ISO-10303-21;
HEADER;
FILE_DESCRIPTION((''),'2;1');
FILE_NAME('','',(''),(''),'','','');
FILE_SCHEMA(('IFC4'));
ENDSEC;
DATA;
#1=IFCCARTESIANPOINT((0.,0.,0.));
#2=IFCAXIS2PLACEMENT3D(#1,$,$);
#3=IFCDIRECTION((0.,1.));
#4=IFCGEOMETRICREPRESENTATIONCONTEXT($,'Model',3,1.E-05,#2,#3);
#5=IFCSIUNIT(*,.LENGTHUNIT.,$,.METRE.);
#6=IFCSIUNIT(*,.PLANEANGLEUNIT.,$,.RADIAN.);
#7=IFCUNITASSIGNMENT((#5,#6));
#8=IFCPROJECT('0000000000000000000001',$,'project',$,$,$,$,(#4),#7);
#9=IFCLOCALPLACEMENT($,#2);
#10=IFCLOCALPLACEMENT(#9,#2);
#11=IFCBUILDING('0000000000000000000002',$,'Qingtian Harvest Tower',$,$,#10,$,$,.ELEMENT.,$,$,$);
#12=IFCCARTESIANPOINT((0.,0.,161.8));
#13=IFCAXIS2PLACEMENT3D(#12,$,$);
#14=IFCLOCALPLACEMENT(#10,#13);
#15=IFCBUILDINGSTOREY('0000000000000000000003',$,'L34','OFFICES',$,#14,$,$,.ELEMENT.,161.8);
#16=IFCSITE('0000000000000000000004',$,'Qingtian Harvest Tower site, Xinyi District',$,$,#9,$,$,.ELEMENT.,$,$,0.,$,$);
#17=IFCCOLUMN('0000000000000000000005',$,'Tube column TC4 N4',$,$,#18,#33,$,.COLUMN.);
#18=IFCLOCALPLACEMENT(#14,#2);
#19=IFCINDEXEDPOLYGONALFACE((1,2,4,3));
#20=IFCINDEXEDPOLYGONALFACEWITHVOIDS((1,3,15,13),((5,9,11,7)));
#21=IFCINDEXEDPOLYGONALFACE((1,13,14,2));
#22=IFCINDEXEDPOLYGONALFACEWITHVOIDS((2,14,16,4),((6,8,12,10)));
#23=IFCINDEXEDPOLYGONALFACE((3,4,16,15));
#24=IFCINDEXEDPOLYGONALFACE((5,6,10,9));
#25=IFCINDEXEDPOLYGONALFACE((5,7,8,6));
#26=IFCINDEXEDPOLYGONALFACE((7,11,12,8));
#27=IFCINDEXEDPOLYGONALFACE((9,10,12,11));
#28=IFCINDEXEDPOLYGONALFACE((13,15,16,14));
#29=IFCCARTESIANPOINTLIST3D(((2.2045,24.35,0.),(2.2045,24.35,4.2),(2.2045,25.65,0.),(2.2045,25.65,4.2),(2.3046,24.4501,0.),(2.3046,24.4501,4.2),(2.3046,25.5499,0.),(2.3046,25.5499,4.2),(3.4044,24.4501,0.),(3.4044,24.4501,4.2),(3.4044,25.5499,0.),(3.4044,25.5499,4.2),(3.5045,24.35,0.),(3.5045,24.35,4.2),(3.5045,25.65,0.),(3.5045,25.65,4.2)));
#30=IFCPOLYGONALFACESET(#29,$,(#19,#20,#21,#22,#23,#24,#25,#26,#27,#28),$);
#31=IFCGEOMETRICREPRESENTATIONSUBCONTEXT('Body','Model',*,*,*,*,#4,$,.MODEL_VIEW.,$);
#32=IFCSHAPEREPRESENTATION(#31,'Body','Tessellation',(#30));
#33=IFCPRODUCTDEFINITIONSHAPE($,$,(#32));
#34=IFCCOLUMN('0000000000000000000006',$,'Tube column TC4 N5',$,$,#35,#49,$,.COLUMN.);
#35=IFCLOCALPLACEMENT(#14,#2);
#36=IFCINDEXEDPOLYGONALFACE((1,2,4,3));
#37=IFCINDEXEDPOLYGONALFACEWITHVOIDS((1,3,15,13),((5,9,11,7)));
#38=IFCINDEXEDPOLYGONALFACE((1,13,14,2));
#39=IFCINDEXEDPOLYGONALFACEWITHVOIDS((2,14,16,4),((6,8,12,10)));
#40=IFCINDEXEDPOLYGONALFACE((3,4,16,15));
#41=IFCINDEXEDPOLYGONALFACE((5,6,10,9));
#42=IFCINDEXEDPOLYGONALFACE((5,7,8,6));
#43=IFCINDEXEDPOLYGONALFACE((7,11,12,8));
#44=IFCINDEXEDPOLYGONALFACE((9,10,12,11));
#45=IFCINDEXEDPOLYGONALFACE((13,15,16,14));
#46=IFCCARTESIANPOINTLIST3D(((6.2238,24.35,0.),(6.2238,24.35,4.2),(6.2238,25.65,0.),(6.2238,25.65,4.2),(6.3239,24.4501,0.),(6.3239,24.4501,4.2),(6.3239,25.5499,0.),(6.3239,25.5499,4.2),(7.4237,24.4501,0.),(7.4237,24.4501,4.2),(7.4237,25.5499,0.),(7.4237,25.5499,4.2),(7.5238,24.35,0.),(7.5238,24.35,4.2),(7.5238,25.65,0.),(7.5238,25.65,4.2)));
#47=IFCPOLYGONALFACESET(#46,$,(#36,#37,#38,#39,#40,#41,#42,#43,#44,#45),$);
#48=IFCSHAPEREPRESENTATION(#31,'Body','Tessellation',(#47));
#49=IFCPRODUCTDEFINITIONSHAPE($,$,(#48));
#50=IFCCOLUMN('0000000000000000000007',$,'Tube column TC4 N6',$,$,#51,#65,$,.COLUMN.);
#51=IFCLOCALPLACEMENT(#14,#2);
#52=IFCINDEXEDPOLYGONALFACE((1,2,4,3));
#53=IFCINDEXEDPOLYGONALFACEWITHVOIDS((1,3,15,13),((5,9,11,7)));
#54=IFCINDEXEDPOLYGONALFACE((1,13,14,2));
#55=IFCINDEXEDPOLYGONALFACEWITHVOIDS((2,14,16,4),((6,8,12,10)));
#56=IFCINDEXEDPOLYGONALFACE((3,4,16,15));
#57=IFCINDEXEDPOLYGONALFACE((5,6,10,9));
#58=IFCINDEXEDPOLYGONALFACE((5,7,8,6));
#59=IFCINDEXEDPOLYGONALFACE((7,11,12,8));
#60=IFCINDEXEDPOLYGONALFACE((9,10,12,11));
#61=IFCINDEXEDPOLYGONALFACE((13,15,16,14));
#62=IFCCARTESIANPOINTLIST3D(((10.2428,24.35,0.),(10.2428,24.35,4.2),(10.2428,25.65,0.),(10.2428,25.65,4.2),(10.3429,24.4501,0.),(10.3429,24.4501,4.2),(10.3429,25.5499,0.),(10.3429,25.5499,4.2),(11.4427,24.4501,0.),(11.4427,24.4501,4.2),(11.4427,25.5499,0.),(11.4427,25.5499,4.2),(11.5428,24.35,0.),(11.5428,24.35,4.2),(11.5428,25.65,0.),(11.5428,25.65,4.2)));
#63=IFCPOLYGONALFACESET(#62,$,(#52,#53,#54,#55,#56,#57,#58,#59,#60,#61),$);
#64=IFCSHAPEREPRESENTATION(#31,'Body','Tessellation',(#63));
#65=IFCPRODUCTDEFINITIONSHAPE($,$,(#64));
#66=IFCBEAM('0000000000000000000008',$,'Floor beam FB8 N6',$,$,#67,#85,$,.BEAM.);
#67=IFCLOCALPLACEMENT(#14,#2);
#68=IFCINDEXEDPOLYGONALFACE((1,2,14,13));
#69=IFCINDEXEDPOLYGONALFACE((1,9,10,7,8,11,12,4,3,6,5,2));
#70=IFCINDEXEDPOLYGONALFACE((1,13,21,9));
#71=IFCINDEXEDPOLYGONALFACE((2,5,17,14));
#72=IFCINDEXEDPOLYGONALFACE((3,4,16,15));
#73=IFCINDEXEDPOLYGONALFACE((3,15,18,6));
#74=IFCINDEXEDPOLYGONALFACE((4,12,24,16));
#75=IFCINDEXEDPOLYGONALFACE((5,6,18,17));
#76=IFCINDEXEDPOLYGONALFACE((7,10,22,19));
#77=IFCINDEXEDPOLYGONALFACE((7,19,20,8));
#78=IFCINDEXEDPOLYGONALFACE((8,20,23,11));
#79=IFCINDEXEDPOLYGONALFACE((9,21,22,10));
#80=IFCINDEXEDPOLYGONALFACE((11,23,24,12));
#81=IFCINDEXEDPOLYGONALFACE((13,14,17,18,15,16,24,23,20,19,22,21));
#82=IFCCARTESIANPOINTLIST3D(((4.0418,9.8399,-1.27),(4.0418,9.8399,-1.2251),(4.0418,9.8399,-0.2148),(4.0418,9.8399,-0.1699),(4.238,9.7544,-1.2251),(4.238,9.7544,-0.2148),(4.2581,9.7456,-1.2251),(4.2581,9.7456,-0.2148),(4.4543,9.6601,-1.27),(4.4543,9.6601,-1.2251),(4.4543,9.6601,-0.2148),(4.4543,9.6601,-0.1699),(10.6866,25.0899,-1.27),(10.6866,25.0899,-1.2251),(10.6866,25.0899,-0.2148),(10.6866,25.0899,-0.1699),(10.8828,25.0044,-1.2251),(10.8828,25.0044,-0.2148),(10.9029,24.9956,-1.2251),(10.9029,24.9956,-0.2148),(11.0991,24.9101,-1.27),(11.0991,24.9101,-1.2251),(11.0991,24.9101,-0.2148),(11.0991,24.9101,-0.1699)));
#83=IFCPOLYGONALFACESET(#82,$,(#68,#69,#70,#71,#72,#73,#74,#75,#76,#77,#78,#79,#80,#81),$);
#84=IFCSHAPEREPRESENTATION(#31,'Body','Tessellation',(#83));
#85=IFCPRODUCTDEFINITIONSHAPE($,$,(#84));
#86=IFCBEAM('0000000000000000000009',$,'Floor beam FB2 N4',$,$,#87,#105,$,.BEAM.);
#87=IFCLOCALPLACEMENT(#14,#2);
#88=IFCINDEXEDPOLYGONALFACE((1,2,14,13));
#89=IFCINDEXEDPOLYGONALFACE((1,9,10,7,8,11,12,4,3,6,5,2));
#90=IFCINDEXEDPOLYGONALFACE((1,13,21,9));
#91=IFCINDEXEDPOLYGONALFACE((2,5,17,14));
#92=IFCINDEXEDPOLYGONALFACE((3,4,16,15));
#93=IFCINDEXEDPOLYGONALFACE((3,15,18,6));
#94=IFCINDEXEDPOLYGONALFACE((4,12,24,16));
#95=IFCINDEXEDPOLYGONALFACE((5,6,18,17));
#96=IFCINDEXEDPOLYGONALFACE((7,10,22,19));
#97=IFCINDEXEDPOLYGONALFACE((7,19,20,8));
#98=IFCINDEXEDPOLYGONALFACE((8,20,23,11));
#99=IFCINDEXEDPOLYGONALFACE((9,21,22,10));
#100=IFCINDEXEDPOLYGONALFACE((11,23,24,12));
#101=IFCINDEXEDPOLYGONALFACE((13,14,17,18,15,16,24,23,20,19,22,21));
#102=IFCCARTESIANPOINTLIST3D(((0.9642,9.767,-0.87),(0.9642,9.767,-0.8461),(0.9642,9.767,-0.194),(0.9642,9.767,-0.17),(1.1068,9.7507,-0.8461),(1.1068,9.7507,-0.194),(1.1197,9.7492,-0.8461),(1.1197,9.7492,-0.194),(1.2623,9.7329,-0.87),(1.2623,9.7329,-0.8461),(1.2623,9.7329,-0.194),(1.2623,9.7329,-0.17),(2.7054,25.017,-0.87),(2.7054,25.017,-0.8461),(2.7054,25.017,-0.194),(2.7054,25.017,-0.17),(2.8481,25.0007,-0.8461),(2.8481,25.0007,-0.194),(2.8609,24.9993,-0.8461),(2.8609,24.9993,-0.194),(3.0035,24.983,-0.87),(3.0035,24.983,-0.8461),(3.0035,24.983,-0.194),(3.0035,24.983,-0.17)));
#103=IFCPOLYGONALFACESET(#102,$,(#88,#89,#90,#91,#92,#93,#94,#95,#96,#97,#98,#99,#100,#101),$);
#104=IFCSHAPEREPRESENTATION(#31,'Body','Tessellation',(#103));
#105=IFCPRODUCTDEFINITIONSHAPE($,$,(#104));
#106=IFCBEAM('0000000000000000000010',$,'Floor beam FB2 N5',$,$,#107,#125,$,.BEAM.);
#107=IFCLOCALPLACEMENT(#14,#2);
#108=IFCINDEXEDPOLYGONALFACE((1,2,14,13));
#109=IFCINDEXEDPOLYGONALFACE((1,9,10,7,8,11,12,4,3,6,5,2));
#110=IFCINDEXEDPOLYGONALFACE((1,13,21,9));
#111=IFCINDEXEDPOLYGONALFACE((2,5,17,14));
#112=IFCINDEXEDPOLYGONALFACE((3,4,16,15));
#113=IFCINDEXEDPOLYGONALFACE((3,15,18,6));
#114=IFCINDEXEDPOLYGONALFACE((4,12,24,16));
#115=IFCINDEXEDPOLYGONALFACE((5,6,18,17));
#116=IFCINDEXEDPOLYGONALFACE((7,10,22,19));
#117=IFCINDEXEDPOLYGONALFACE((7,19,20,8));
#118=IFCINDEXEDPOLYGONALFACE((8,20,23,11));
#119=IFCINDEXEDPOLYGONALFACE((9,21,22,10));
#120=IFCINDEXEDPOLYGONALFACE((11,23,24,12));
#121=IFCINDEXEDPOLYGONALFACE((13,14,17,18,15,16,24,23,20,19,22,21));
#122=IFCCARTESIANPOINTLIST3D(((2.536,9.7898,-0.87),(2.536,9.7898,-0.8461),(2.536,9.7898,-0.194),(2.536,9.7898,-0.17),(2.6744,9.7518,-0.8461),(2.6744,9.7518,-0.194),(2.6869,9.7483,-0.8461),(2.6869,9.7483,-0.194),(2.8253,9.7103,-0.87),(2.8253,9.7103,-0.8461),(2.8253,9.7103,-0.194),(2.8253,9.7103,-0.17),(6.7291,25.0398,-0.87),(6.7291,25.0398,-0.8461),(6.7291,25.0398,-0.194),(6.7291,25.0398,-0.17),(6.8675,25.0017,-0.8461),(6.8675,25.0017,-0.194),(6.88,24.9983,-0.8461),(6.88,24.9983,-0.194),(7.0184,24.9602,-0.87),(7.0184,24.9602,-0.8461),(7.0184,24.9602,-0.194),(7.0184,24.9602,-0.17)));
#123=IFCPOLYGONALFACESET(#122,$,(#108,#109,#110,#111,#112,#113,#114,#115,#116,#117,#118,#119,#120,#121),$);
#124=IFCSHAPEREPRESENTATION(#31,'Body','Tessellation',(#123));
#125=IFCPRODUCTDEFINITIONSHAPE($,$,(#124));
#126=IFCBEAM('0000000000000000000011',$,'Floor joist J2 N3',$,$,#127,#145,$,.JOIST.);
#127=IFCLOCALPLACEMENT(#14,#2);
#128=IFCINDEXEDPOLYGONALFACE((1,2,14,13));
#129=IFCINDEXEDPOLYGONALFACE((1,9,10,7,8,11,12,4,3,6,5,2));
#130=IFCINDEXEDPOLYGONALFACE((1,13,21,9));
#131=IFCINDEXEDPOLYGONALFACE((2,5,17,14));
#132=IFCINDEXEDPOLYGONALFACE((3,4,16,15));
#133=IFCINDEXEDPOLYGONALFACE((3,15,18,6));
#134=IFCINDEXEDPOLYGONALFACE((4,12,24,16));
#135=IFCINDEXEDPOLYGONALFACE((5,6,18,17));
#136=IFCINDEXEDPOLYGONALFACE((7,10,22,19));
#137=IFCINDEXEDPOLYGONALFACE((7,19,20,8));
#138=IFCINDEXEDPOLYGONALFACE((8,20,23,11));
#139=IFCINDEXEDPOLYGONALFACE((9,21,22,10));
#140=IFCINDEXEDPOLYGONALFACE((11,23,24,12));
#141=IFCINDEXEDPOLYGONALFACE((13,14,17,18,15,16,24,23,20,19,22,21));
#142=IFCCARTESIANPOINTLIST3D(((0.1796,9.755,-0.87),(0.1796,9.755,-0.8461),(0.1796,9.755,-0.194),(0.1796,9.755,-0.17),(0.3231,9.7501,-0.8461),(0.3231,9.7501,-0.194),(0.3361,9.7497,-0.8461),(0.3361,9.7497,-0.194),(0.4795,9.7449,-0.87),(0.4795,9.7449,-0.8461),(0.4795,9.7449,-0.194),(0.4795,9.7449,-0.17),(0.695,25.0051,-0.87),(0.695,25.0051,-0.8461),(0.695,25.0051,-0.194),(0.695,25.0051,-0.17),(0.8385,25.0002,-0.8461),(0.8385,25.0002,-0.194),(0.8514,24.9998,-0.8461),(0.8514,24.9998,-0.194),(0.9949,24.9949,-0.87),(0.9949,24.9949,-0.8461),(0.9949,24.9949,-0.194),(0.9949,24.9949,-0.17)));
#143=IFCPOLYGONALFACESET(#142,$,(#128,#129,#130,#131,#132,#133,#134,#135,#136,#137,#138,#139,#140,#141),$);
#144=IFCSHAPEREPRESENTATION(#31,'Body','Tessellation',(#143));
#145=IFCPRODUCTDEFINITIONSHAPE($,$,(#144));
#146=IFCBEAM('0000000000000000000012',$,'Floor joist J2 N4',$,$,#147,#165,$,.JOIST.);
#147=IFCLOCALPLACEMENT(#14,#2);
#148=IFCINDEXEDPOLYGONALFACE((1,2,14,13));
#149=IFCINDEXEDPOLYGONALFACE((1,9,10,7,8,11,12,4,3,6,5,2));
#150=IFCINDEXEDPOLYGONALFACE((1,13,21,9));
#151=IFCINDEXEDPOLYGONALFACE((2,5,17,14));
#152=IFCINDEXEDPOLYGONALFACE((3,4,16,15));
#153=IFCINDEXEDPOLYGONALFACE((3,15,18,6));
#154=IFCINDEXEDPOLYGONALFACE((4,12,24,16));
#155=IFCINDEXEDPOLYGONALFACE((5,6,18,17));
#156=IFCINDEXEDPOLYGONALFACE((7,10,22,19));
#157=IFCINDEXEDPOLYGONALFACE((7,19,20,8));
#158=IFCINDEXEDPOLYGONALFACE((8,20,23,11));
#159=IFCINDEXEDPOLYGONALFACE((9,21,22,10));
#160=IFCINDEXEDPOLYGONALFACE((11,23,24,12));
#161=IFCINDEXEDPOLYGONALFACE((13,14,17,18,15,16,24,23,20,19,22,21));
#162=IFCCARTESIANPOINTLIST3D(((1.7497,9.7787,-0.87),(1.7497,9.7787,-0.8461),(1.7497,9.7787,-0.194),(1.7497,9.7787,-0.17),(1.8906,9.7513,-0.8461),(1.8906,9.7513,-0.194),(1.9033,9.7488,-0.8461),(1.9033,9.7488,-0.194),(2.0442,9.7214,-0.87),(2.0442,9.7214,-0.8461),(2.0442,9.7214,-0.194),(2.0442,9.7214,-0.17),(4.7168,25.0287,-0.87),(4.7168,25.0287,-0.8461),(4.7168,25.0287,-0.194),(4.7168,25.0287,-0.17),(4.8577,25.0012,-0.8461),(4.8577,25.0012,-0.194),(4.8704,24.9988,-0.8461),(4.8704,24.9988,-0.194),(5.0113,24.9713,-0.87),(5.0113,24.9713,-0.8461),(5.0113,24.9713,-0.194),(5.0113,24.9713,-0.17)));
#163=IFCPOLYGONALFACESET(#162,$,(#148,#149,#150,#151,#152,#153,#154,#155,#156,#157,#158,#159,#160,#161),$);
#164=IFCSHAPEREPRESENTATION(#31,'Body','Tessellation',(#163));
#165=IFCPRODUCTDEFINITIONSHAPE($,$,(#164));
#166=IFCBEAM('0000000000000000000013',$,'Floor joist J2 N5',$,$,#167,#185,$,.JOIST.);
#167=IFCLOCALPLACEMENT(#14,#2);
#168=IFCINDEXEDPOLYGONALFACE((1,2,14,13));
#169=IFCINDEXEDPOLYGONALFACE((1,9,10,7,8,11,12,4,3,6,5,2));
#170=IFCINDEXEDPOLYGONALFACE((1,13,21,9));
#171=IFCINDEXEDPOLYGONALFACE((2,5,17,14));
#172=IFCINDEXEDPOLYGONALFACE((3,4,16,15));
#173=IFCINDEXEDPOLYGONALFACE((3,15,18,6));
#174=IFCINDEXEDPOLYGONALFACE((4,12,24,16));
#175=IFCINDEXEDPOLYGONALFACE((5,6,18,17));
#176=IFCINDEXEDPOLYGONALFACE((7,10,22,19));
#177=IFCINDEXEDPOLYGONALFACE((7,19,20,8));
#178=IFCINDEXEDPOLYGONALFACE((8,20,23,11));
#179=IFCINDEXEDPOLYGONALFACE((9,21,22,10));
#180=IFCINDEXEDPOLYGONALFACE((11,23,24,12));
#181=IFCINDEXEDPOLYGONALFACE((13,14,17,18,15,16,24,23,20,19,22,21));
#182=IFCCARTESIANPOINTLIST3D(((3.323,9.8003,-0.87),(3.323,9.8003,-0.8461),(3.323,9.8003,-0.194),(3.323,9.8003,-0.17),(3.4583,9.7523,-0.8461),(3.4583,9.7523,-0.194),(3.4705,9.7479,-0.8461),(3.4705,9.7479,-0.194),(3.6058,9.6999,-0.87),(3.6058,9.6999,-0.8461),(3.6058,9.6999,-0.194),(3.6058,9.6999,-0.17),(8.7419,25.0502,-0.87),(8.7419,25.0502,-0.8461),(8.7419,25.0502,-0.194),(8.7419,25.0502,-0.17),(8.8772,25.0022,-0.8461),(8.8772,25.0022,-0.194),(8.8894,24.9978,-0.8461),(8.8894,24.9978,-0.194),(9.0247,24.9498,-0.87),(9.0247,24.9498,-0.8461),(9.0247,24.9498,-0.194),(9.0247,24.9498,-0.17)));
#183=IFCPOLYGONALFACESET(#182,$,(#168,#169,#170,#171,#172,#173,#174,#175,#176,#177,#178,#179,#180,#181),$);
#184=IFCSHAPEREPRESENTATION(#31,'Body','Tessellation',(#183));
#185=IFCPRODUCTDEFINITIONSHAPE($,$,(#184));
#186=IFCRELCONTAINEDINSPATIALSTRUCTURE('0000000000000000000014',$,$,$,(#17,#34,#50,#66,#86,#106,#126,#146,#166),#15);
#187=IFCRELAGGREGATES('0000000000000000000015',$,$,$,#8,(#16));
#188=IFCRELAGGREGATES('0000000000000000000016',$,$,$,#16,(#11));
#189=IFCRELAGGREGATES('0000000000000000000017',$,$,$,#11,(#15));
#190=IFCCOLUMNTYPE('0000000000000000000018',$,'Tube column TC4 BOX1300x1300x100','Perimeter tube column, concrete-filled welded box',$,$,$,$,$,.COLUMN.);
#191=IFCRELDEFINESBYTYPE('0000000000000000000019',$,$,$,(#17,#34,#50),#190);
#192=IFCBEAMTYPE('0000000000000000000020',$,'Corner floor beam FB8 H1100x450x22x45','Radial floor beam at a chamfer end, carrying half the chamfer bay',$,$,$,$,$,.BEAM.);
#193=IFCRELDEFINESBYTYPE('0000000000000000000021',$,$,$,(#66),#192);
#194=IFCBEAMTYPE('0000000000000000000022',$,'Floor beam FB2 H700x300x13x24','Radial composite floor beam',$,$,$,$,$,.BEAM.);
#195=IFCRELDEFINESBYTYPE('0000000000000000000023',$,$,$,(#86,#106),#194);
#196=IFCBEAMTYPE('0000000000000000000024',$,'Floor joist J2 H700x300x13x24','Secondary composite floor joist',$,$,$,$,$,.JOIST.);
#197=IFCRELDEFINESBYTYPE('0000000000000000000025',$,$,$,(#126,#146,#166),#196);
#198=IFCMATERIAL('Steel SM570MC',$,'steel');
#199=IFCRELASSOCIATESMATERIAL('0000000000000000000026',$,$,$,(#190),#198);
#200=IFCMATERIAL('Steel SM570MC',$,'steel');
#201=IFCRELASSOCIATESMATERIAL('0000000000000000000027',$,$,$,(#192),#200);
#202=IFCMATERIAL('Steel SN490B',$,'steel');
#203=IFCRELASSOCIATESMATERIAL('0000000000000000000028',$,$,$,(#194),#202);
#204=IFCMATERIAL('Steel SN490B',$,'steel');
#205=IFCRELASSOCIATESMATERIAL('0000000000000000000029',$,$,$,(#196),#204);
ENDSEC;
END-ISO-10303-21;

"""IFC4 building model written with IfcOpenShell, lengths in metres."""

from ifc_helpers import new_model, si_unit, direction, frame, origin, origin_2d, place, context, subcontext, project, spatial, hollow_rectangle, i_section, extrude, material, material_profile, profile_set, type_object, element, save


model = new_model("IFC4")

# Units and contexts
model_context = context("Model", 3, precision=1e-05, world=origin(), true_north=direction((0.0, 1.0)))
body_context = subcontext(model_context, "Body", "Model", "MODEL_VIEW")
ifc_project = project(units=[si_unit("LENGTHUNIT", "METRE"), si_unit("PLANEANGLEUNIT", "RADIAN")], contexts=[model_context])

# Site, building, storey
site_placement = place(None, origin())
site = spatial("IfcSite", under=ifc_project, at=site_placement, Name="Qingtian Harvest Tower site, Xinyi District", CompositionType="ELEMENT", RefElevation=0.0)
building_placement = place(site_placement, origin())
building = spatial("IfcBuilding", under=site, at=building_placement, Name="Qingtian Harvest Tower", CompositionType="ELEMENT")
storey_placement = place(building_placement, frame((0.0, 0.0, 161.8)))
storey = spatial("IfcBuildingStorey", under=building, at=storey_placement, Name="L34", Description="OFFICES", CompositionType="ELEMENT", Elevation=161.8)

# Columns
ifc_material_1 = material(Name="Steel SM570MC", Category="steel")
ifc_material_profile_1 = material_profile(ifc_material_1, hollow_rectangle(XDim=1.3, YDim=1.3, WallThickness=0.1001, at=origin_2d()), Name="BOX1300x1300x100")
ifc_profile_set_1 = profile_set([ifc_material_profile_1], Name="Steel SM570MC")
column_type = type_object("IfcColumnType", Name="Tube column TC4 BOX1300x1300x100", Description="Perimeter tube column, concrete-filled welded box", PredefinedType="COLUMN", material=ifc_profile_set_1)
for number, where, z_axis, x_axis, name in (
    (1, (2.8545, 25.0, 0.0), (0.0, 0.0, 1.0), (-1.0, 0.0, 0.0), "Tube column TC4 N4"),
    (2, (6.8738, 25.0, 0.0), (0.0, 0.0, 1.0), (-1.0, 0.0, 0.0), "Tube column TC4 N5"),
    (3, (10.8928, 25.0, 0.0), (0.0, 0.0, 1.0), (-1.0, 0.0, 0.0), "Tube column TC4 N6"),
):
    element("IfcColumn", number, at=place(storey_placement, frame(where, z_axis=z_axis, x_axis=x_axis)), inside=storey, type_object=column_type, Name=name, PredefinedType="COLUMN", context=body_context, shape_type="SweptSolid", body=[
        extrude(hollow_rectangle(XDim=1.3, YDim=1.3, WallThickness=0.1001, at=origin_2d()), origin(), (0.0, 0.0, 1.0), 4.2),
    ])

# Beams
ifc_material_2 = material(Name="Steel SM570MC", Category="steel")
ifc_material_profile_2 = material_profile(ifc_material_2, i_section(OverallWidth=0.45, OverallDepth=1.1001, WebThickness=0.022, FlangeThickness=0.0449, at=origin_2d()), Name="H1100x450x22x45")
ifc_profile_set_2 = profile_set([ifc_material_profile_2], Name="Steel SM570MC")
beam_type_1 = type_object("IfcBeamType", Name="Corner floor beam FB8 H1100x450x22x45", Description="Radial floor beam at a chamfer end, carrying half the chamfer bay", PredefinedType="BEAM", material=ifc_profile_set_2)
beam_1_placement = place(storey_placement, frame((10.8928, 25.0, -0.72), z_axis=(-0.399451, -0.916755, 0.0), x_axis=(0.916755, -0.399451, 0.0)))
element("IfcBeam", 4, at=beam_1_placement, inside=storey, type_object=beam_type_1, Name="Floor beam FB8 N6", PredefinedType="BEAM", context=body_context, shape_type="SweptSolid", body=[
    extrude(i_section(OverallWidth=0.45, OverallDepth=1.1001, WebThickness=0.022, FlangeThickness=0.0449, at=origin_2d()), origin(), (0.0, 0.0, 1.0), 16.6348),
])
ifc_material_3 = material(Name="Steel SN490B", Category="steel")
ifc_material_profile_3 = material_profile(ifc_material_3, i_section(OverallWidth=0.3, OverallDepth=0.7, WebThickness=0.0129, FlangeThickness=0.0239, at=origin_2d()), Name="H700x300x13x24")
ifc_profile_set_3 = profile_set([ifc_material_profile_3], Name="Steel SN490B")
beam_type_2 = type_object("IfcBeamType", Name="Floor beam FB2 H700x300x13x24", Description="Radial composite floor beam", PredefinedType="BEAM", material=ifc_profile_set_3)
beam_2_placement = place(storey_placement, frame((2.8545, 25.0, -0.52), z_axis=(-0.113441, -0.993545, 0.0), x_axis=(0.993545, -0.113441, 0.0)))
element("IfcBeam", 5, at=beam_2_placement, inside=storey, type_object=beam_type_2, Name="Floor beam FB2 N4", PredefinedType="BEAM", context=body_context, shape_type="SweptSolid", body=[
    extrude(i_section(OverallWidth=0.3, OverallDepth=0.7, WebThickness=0.0129, FlangeThickness=0.0239, at=origin_2d()), origin(), (0.0, 0.0, 1.0), 15.3491),
])
beam_3_placement = place(storey_placement, frame((6.8738, 25.0, -0.52), z_axis=(-0.265119, -0.964216, 0.0), x_axis=(0.964216, -0.265119, 0.0)))
element("IfcBeam", 6, at=beam_3_placement, inside=storey, type_object=beam_type_2, Name="Floor beam FB2 N5", PredefinedType="BEAM", context=body_context, shape_type="SweptSolid", body=[
    extrude(i_section(OverallWidth=0.3, OverallDepth=0.7, WebThickness=0.0129, FlangeThickness=0.0239, at=origin_2d()), origin(), (0.0, 0.0, 1.0), 15.8159),
])
ifc_material_4 = material(Name="Steel SN490B", Category="steel")
ifc_material_profile_4 = material_profile(ifc_material_4, i_section(OverallWidth=0.3, OverallDepth=0.7, WebThickness=0.0129, FlangeThickness=0.0239, at=origin_2d()), Name="H700x300x13x24")
ifc_profile_set_4 = profile_set([ifc_material_profile_4], Name="Steel SN490B")
beam_type_3 = type_object("IfcBeamType", Name="Floor joist J2 H700x300x13x24", Description="Secondary composite floor joist", PredefinedType="JOIST", material=ifc_profile_set_4)
beam_4_placement = place(storey_placement, frame((0.845, 25.0, -0.52), z_axis=(-0.033776, -0.999429, 0.0), x_axis=(0.999429, -0.033776, 0.0)))
element("IfcBeam", 7, at=beam_4_placement, inside=storey, type_object=beam_type_3, Name="Floor joist J2 N3", PredefinedType="JOIST", context=body_context, shape_type="SweptSolid", body=[
    extrude(i_section(OverallWidth=0.3, OverallDepth=0.7, WebThickness=0.0129, FlangeThickness=0.0239, at=origin_2d()), origin(), (0.0, 0.0, 1.0), 15.2588),
])
beam_5_placement = place(storey_placement, frame((4.864, 25.0, -0.52), z_axis=(-0.190979, -0.981594, 0.0), x_axis=(0.981594, -0.190979, 0.0)))
element("IfcBeam", 8, at=beam_5_placement, inside=storey, type_object=beam_type_3, Name="Floor joist J2 N4", PredefinedType="JOIST", context=body_context, shape_type="SweptSolid", body=[
    extrude(i_section(OverallWidth=0.3, OverallDepth=0.7, WebThickness=0.0129, FlangeThickness=0.0239, at=origin_2d()), origin(), (0.0, 0.0, 1.0), 15.5359),
])
beam_6_placement = place(storey_placement, frame((8.8833, 25.0, -0.52), z_axis=(-0.33483, -0.942279, 0.0), x_axis=(0.942279, -0.33483, 0.0)))
element("IfcBeam", 9, at=beam_6_placement, inside=storey, type_object=beam_type_3, Name="Floor joist J2 N5", PredefinedType="JOIST", context=body_context, shape_type="SweptSolid", body=[
    extrude(i_section(OverallWidth=0.3, OverallDepth=0.7, WebThickness=0.0129, FlangeThickness=0.0239, at=origin_2d()), origin(), (0.0, 0.0, 1.0), 16.1841),
])

save(model, "model.ifc")
